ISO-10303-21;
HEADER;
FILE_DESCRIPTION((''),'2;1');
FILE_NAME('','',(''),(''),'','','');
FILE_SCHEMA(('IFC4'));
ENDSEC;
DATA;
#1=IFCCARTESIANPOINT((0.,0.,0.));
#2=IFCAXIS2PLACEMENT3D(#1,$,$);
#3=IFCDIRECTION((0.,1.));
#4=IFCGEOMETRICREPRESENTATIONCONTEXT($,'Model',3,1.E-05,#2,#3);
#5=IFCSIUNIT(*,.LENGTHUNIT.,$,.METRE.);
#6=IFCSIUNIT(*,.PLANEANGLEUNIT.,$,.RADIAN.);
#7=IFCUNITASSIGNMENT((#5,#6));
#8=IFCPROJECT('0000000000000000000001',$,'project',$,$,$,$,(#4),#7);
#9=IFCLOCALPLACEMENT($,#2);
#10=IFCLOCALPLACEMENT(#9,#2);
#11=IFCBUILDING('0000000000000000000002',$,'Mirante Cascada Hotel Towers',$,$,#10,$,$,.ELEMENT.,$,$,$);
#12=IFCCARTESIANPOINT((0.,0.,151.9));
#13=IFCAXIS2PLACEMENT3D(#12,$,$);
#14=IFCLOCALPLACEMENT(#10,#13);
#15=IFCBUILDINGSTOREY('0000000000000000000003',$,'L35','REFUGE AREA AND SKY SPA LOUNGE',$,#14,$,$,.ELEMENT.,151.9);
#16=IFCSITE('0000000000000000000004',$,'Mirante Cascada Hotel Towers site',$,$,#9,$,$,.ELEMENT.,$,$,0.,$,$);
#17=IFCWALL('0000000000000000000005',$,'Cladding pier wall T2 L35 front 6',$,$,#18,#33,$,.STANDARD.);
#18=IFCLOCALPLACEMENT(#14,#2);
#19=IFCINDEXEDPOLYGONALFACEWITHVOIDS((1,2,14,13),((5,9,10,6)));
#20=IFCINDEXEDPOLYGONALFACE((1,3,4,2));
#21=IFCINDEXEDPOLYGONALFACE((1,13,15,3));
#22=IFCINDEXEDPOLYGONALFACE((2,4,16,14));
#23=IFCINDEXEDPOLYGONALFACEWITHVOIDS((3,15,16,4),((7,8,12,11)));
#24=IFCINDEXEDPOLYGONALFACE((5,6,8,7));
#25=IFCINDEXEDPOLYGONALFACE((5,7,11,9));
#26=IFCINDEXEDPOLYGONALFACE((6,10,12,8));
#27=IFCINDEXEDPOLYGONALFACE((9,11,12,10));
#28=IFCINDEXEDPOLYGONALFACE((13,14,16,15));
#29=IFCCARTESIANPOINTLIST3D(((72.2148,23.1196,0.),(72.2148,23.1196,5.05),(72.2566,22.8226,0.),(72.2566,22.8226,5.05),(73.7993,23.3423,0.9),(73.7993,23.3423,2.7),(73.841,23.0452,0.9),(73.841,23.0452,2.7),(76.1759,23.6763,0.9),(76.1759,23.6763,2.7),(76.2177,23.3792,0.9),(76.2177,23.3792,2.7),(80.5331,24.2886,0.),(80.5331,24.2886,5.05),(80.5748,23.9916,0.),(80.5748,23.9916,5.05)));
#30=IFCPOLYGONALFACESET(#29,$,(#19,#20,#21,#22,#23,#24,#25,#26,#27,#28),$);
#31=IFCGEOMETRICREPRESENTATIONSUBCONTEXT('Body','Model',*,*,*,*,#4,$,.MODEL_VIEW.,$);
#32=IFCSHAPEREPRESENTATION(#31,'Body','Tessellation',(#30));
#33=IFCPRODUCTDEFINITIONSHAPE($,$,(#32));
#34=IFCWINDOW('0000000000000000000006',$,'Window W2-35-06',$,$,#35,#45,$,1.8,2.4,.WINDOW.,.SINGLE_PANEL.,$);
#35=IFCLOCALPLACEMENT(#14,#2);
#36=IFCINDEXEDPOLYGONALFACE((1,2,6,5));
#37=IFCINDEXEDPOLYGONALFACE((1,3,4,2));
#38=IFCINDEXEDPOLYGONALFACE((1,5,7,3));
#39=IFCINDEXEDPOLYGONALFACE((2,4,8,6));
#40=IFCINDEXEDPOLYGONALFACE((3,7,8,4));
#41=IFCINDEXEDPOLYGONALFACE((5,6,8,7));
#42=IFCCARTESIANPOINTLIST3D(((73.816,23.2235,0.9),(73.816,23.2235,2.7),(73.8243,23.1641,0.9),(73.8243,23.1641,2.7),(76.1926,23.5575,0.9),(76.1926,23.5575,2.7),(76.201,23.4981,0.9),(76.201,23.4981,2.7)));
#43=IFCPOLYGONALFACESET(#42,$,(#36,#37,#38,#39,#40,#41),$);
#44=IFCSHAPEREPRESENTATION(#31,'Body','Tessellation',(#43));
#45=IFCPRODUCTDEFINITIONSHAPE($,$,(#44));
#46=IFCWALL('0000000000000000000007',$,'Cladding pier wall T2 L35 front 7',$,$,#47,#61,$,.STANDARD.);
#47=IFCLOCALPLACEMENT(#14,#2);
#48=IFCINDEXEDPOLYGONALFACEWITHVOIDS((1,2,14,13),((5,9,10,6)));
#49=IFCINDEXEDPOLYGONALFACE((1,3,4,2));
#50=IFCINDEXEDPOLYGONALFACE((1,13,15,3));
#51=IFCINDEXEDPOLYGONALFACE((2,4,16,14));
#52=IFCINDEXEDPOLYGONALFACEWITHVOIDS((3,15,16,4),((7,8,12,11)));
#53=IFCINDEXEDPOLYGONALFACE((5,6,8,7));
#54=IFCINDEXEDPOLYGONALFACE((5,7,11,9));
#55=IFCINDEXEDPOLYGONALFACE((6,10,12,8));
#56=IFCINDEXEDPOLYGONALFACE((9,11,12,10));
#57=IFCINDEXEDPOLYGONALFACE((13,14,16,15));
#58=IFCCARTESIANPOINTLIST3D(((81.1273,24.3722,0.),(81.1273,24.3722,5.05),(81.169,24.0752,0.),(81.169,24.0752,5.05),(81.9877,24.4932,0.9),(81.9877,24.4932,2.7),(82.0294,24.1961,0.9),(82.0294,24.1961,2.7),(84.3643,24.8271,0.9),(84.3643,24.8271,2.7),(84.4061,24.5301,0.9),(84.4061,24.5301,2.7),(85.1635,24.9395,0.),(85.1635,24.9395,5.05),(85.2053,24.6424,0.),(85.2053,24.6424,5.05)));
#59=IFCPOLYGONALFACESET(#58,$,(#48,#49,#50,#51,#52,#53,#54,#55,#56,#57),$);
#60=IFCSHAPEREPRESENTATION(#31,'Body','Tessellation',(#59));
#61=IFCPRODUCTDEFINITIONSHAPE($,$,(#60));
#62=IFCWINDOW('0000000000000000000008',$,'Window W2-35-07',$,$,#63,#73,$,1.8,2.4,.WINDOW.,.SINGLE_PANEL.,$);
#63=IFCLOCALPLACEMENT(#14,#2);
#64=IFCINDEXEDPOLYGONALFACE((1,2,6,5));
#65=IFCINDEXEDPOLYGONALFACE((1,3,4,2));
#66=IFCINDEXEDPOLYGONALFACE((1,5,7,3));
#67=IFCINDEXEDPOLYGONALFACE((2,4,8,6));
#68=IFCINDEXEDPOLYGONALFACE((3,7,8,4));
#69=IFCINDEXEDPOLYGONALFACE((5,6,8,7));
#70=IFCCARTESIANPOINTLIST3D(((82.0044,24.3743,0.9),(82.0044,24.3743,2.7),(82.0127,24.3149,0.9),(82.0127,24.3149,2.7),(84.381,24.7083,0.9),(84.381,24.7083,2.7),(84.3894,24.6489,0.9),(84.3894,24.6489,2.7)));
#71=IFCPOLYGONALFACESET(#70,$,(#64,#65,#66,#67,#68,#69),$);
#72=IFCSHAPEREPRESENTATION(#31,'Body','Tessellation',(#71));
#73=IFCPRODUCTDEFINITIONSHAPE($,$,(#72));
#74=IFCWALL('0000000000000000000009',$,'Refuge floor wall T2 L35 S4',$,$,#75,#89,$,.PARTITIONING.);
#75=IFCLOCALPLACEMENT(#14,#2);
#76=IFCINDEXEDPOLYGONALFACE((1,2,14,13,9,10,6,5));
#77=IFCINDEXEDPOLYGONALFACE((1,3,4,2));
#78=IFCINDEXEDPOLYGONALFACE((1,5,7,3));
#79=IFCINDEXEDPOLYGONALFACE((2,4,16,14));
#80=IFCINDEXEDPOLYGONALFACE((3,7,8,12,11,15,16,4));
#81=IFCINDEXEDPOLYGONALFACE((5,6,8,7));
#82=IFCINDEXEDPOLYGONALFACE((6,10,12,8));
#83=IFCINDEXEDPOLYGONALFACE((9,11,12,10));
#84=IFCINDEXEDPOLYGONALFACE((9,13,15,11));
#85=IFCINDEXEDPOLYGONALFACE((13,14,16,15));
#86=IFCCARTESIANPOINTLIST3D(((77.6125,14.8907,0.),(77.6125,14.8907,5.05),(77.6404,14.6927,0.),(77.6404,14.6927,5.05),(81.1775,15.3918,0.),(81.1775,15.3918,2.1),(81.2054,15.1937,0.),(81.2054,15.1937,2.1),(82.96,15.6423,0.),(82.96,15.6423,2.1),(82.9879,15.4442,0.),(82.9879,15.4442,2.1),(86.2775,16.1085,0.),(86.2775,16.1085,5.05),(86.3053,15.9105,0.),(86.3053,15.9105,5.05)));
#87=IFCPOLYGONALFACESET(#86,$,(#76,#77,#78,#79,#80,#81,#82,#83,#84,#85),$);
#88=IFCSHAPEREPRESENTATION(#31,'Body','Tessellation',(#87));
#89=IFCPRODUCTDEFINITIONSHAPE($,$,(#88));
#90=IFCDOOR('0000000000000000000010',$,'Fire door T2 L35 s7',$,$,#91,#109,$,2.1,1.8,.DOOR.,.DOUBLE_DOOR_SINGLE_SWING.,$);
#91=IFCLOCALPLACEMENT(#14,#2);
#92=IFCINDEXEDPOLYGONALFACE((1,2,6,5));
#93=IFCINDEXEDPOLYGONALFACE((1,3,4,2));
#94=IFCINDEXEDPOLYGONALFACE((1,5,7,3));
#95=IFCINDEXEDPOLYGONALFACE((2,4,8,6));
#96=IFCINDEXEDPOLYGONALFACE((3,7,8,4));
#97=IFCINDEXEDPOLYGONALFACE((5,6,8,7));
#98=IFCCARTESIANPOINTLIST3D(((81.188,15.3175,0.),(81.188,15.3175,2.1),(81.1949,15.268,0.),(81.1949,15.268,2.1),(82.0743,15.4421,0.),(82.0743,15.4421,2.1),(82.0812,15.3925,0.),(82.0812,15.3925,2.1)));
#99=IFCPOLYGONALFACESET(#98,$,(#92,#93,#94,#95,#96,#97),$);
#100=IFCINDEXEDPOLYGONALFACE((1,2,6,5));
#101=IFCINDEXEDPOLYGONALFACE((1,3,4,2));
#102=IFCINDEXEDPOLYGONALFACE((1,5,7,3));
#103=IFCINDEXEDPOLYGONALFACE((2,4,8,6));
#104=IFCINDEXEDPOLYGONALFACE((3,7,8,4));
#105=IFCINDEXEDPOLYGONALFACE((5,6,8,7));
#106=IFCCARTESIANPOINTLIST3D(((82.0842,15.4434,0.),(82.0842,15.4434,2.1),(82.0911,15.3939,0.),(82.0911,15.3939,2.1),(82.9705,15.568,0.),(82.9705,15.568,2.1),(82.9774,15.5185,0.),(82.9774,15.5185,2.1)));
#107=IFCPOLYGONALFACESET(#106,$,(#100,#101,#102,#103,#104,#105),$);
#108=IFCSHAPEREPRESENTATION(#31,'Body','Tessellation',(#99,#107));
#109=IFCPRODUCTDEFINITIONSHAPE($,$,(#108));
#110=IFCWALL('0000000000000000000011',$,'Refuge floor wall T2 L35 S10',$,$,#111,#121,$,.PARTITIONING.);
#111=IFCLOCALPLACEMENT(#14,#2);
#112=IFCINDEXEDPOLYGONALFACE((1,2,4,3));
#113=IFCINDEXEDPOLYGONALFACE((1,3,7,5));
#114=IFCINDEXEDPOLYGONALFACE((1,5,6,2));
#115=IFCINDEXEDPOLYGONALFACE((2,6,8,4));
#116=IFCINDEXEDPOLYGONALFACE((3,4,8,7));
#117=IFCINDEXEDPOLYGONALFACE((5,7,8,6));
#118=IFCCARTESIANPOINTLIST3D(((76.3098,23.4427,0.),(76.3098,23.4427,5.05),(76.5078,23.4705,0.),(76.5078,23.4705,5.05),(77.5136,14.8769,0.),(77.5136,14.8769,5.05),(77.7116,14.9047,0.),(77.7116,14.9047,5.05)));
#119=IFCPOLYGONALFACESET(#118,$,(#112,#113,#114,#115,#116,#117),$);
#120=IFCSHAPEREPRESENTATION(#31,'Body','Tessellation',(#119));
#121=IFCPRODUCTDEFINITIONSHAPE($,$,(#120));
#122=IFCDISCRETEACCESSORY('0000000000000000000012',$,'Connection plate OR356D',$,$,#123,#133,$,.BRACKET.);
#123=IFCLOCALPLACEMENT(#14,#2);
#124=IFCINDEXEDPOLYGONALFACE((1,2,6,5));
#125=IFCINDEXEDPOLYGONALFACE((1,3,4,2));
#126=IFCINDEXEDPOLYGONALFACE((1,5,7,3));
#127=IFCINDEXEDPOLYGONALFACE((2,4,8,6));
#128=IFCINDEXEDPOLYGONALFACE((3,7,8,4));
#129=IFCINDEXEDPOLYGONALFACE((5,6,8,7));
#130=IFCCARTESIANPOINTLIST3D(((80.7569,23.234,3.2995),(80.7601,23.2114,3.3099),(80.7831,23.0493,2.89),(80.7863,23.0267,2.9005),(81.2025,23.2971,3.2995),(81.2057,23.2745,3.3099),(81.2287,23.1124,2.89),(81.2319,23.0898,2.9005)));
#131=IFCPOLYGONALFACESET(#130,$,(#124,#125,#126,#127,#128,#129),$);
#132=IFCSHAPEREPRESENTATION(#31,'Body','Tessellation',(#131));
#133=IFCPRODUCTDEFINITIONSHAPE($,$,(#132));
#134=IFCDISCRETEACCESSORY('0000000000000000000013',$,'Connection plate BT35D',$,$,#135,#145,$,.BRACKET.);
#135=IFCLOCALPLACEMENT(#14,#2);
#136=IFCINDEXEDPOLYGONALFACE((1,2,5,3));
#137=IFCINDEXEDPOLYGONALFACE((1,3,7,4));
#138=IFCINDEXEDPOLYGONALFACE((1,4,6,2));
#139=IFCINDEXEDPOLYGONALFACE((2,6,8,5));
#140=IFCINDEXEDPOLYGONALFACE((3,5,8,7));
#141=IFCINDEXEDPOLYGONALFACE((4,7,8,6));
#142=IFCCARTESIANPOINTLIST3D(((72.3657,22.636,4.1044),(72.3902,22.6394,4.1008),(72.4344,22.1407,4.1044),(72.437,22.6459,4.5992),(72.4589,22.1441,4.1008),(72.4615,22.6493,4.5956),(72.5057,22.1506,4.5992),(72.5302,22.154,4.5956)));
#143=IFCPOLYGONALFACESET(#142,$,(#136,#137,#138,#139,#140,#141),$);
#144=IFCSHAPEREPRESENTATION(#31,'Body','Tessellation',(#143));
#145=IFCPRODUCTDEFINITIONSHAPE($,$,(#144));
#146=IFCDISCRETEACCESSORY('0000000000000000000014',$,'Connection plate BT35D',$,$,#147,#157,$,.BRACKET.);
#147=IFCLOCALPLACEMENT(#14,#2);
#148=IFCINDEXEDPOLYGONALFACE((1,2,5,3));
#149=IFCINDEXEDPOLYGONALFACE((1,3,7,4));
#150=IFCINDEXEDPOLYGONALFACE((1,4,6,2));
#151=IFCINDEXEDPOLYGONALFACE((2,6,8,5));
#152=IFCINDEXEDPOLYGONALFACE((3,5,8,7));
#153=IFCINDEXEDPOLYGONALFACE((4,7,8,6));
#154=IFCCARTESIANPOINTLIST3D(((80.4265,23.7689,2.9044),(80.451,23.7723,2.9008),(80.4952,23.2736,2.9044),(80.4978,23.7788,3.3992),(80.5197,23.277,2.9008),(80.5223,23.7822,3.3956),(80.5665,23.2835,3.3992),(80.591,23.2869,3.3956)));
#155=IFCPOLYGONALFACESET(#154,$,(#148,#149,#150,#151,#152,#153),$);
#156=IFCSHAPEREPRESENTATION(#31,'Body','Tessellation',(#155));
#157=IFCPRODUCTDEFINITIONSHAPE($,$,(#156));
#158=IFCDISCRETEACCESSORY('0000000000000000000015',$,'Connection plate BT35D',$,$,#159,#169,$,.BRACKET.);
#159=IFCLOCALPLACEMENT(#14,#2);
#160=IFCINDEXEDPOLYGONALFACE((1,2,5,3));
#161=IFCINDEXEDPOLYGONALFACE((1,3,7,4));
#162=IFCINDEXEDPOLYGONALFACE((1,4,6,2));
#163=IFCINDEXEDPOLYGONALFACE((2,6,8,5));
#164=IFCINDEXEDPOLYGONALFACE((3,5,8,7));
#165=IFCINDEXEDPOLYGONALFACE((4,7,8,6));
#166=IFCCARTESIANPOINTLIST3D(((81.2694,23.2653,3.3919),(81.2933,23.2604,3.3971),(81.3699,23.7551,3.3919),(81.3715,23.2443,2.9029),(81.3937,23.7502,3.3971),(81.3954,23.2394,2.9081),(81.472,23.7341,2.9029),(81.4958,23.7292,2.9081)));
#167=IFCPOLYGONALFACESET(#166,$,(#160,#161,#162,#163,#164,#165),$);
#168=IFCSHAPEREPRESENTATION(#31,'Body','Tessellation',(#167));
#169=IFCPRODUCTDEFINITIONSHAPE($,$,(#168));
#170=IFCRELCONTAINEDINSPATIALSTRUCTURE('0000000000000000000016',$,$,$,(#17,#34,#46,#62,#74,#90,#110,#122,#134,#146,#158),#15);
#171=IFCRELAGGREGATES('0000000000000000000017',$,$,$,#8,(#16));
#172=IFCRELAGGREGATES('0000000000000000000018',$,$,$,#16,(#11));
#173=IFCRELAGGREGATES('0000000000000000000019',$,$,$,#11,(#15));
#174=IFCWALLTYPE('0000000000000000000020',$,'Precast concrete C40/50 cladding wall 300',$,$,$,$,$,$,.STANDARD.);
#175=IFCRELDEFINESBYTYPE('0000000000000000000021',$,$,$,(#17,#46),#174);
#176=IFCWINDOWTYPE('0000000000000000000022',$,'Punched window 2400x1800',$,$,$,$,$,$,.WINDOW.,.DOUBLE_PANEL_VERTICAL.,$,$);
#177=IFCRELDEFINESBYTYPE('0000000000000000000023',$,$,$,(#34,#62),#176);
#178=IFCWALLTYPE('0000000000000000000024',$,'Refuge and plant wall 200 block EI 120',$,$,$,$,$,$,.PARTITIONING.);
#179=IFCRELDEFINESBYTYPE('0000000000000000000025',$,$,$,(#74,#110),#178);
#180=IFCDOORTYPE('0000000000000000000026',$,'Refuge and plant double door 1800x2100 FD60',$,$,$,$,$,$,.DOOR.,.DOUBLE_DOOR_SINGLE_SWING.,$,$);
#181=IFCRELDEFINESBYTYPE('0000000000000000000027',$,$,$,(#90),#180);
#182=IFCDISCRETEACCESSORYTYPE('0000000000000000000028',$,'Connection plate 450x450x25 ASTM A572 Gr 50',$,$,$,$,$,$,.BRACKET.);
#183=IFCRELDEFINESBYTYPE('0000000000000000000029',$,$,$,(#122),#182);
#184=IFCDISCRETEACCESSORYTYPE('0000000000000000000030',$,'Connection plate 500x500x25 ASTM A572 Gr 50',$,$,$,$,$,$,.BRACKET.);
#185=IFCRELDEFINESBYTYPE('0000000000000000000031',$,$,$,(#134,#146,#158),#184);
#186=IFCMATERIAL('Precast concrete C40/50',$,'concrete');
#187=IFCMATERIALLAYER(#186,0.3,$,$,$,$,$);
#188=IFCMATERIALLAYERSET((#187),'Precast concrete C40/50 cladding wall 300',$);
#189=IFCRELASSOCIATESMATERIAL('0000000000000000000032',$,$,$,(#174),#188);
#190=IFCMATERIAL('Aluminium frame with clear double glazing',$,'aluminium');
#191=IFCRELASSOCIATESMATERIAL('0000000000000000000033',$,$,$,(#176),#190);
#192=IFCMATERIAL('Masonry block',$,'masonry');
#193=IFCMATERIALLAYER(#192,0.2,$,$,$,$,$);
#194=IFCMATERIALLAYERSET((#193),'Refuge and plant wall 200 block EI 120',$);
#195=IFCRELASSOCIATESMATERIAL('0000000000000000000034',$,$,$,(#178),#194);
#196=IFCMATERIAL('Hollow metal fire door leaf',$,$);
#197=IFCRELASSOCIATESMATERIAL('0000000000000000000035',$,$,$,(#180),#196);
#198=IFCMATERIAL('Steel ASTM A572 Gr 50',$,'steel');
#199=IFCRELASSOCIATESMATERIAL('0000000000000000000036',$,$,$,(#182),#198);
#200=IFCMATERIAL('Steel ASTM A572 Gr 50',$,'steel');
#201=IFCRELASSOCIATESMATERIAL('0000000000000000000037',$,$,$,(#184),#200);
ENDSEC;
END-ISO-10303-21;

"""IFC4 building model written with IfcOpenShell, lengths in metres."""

from ifc_helpers import new_model, si_unit, direction, frame, frame_2d, origin, origin_2d, place, context, subcontext, project, spatial, rectangle, extrude, material, layer, layer_set, material_profile, profile_set, type_object, element, fill, save


model = new_model("IFC4")

# Units and contexts
model_context = context("Model", 3, precision=1e-05, world=origin(), true_north=direction((0.0, 1.0)))
body_context = subcontext(model_context, "Body", "Model", "MODEL_VIEW")
ifc_project = project(units=[si_unit("LENGTHUNIT", "METRE"), si_unit("PLANEANGLEUNIT", "RADIAN")], contexts=[model_context])

# Site, building, storey
site_placement = place(None, origin())
site = spatial("IfcSite", under=ifc_project, at=site_placement, Name="Mirante Cascada Hotel Towers site", CompositionType="ELEMENT", RefElevation=0.0)
building_placement = place(site_placement, origin())
building = spatial("IfcBuilding", under=site, at=building_placement, Name="Mirante Cascada Hotel Towers", CompositionType="ELEMENT")
storey_placement = place(building_placement, frame((0.0, 0.0, 151.9)))
storey = spatial("IfcBuildingStorey", under=building, at=storey_placement, Name="L35", Description="REFUGE AREA AND SKY SPA LOUNGE", CompositionType="ELEMENT", Elevation=151.9)

# Walls, openings, windows
ifc_material_1 = material(Name="Precast concrete C40/50", Category="concrete")
ifc_layer_1 = layer(ifc_material_1, 0.3)
ifc_layer_set_1 = layer_set([ifc_layer_1], Name="Precast concrete C40/50 cladding wall 300")
wall_type_1 = type_object("IfcWallType", Name="Precast concrete C40/50 cladding wall 300", PredefinedType="STANDARD", material=ifc_layer_set_1)
wall_1_placement = place(storey_placement, frame((72.2357, 22.9711, 0.0), z_axis=(0.0, 0.0, 1.0), x_axis=(0.990269, 0.139166, 0.0)))
wall_1 = element("IfcWall", 1, at=wall_1_placement, inside=storey, type_object=wall_type_1, Name="Cladding pier wall T2 L35 front 6", PredefinedType="STANDARD", context=body_context, shape_type="SweptSolid", body=[
    extrude(rectangle(XDim=8.4, YDim=0.3, at=frame_2d((4.2, 0.0))), origin(), (0.0, 0.0, 1.0), 5.05),
])
opening_1_placement = place(wall_1_placement, frame((1.6, 0.0, 0.9)))
opening_1 = element("IfcOpeningElement", 2, at=opening_1_placement, cuts=wall_1, PredefinedType="OPENING", context=body_context, shape_type="SweptSolid", body=[
    extrude(rectangle(XDim=2.4, YDim=1.8, at=frame_2d((1.2, 0.9))), frame((0.0, 0.15, 0.0), z_axis=(0.0, -1.0, 0.0), x_axis=(1.0, 0.0, 0.0)), (0.0, 0.0, 1.0), 0.3),
])
ifc_material_2 = material(Name="Aluminium frame with clear double glazing", Category="aluminium")
window_type = type_object("IfcWindowType", Name="Punched window 2400x1800", PartitioningType="DOUBLE_PANEL_VERTICAL", PredefinedType="WINDOW", material=ifc_material_2)
window_1_placement = place(opening_1_placement, origin())
window_1 = element("IfcWindow", 3, at=window_1_placement, inside=storey, type_object=window_type, Name="Window W2-35-06", OverallHeight=1.8, OverallWidth=2.4, PartitioningType="SINGLE_PANEL", PredefinedType="WINDOW", context=body_context, shape_type="SweptSolid", body=[
    extrude(rectangle(XDim=2.4, YDim=1.8, at=frame_2d((1.2, 0.9))), frame((0.0, 0.03, 0.0), z_axis=(0.0, -1.0, 0.0), x_axis=(1.0, 0.0, 0.0)), (0.0, 0.0, 1.0), 0.06),
])
fill(opening_1, window_1)
wall_2_placement = place(storey_placement, frame((81.1481, 24.2237, 0.0), z_axis=(0.0, 0.0, 1.0), x_axis=(0.99027, 0.139161, 0.0)))
wall_2 = element("IfcWall", 4, at=wall_2_placement, inside=storey, type_object=wall_type_1, Name="Cladding pier wall T2 L35 front 7", PredefinedType="STANDARD", context=body_context, shape_type="SweptSolid", body=[
    extrude(rectangle(XDim=4.0759, YDim=0.3, at=frame_2d((2.038, 0.0))), origin(), (0.0, 0.0, 1.0), 5.05),
])
opening_2_placement = place(wall_2_placement, frame((0.8689, 0.0, 0.9)))
opening_2 = element("IfcOpeningElement", 5, at=opening_2_placement, cuts=wall_2, PredefinedType="OPENING", context=body_context, shape_type="SweptSolid", body=[
    extrude(rectangle(XDim=2.4, YDim=1.8, at=frame_2d((1.2, 0.9))), frame((0.0, 0.15, 0.0), z_axis=(0.0, -1.0, 0.0), x_axis=(1.0, 0.0, 0.0)), (0.0, 0.0, 1.0), 0.3),
])
window_2_placement = place(opening_2_placement, origin())
window_2 = element("IfcWindow", 6, at=window_2_placement, inside=storey, type_object=window_type, Name="Window W2-35-07", OverallHeight=1.8, OverallWidth=2.4, PartitioningType="SINGLE_PANEL", PredefinedType="WINDOW", context=body_context, shape_type="SweptSolid", body=[
    extrude(rectangle(XDim=2.4, YDim=1.8, at=frame_2d((1.2, 0.9))), frame((0.0, 0.03, 0.0), z_axis=(0.0, -1.0, 0.0), x_axis=(1.0, 0.0, 0.0)), (0.0, 0.0, 1.0), 0.06),
])
fill(opening_2, window_2)

# Wall, opening, door
ifc_material_3 = material(Name="Masonry block", Category="masonry")
ifc_layer_2 = layer(ifc_material_3, 0.2)
ifc_layer_set_2 = layer_set([ifc_layer_2], Name="Refuge and plant wall 200 block EI 120")
wall_type_2 = type_object("IfcWallType", Name="Refuge and plant wall 200 block EI 120", PredefinedType="PARTITIONING", material=ifc_layer_set_2)
wall_3_placement = place(storey_placement, frame((77.6265, 14.7917, 0.0), z_axis=(0.0, 0.0, 1.0), x_axis=(0.990268, 0.139176, 0.0)))
wall_3 = element("IfcWall", 7, at=wall_3_placement, inside=storey, type_object=wall_type_2, Name="Refuge floor wall T2 L35 S4", PredefinedType="PARTITIONING", context=body_context, shape_type="SweptSolid", body=[
    extrude(rectangle(XDim=8.7501, YDim=0.2, at=frame_2d((4.375, 0.0))), origin(), (0.0, 0.0, 1.0), 5.05),
])
opening_3_placement = place(wall_3_placement, frame((3.6, 0.0, 0.0)))
opening_3 = element("IfcOpeningElement", 8, at=opening_3_placement, cuts=wall_3, PredefinedType="OPENING", context=body_context, shape_type="SweptSolid", body=[
    extrude(rectangle(XDim=1.8, YDim=2.1, at=frame_2d((0.9, 1.05))), frame((0.0, 0.1, 0.0), z_axis=(0.0, -1.0, 0.0), x_axis=(1.0, 0.0, 0.0)), (0.0, 0.0, 1.0), 0.2),
])
ifc_material_4 = material(Name="Hollow metal fire door leaf")
door_type = type_object("IfcDoorType", Name="Refuge and plant double door 1800x2100 FD60", OperationType="DOUBLE_DOOR_SINGLE_SWING", PredefinedType="DOOR", material=ifc_material_4)
door_placement = place(opening_3_placement, origin())
door = element("IfcDoor", 9, at=door_placement, inside=storey, type_object=door_type, Name="Fire door T2 L35 s7", OperationType="DOUBLE_DOOR_SINGLE_SWING", OverallHeight=2.1, OverallWidth=1.8, PredefinedType="DOOR", context=body_context, shape_type="SweptSolid", body=[
    extrude(rectangle(XDim=0.895, YDim=2.1, at=frame_2d((0.4475, 1.05))), frame((0.0, 0.025, 0.0), z_axis=(0.0, -1.0, 0.0), x_axis=(1.0, 0.0, 0.0)), (0.0, 0.0, 1.0), 0.05),
    extrude(rectangle(XDim=0.895, YDim=2.1, at=frame_2d((1.3525, 1.05))), frame((0.0, 0.025, 0.0), z_axis=(0.0, -1.0, 0.0), x_axis=(1.0, 0.0, 0.0)), (0.0, 0.0, 1.0), 0.05),
])
fill(opening_3, door)

# Wall
wall_4_placement = place(storey_placement, frame((77.6126, 14.8908, 0.0), z_axis=(0.0, 0.0, 1.0), x_axis=(-0.139168, 0.990269, 0.0)))
element("IfcWall", 10, at=wall_4_placement, inside=storey, type_object=wall_type_2, Name="Refuge floor wall T2 L35 S10", PredefinedType="PARTITIONING", context=body_context, shape_type="SweptSolid", body=[
    extrude(rectangle(XDim=8.65, YDim=0.2, at=frame_2d((4.325, 0.0))), origin(), (0.0, 0.0, 1.0), 5.05),
])

# Discrete accessories
ifc_material_5 = material(Name="Steel ASTM A572 Gr 50", Category="steel")
ifc_material_profile_1 = material_profile(ifc_material_5, rectangle(XDim=0.45, YDim=0.45, at=origin_2d()), Name="Connection plate 450x450x25 ASTM A572 Gr 50")
ifc_profile_set_1 = profile_set([ifc_material_profile_1], Name="Steel ASTM A572 Gr 50")
discrete_accessory_type_1 = type_object("IfcDiscreteAccessoryType", Name="Connection plate 450x450x25 ASTM A572 Gr 50", PredefinedType="BRACKET", material=ifc_profile_set_1)
discrete_accessory_1_placement = place(storey_placement, frame((80.996, 23.1506, 3.1052), z_axis=(-0.127576, 0.901006, -0.414622), x_axis=(-0.990124, -0.140194, 0.0)))
element("IfcDiscreteAccessory", 11, at=discrete_accessory_1_placement, inside=storey, type_object=discrete_accessory_type_1, Name="Connection plate OR356D", PredefinedType="BRACKET", context=body_context, shape_type="SweptSolid", body=[
    extrude(rectangle(XDim=0.45, YDim=0.45, at=origin_2d()), origin(), (0.0, 0.0, 1.0), 0.0251),
])
ifc_material_6 = material(Name="Steel ASTM A572 Gr 50", Category="steel")
ifc_material_profile_2 = material_profile(ifc_material_6, rectangle(XDim=0.5, YDim=0.5, at=origin_2d()), Name="Connection plate 500x500x25 ASTM A572 Gr 50")
ifc_profile_set_2 = profile_set([ifc_material_profile_2], Name="Steel ASTM A572 Gr 50")
discrete_accessory_type_2 = type_object("IfcDiscreteAccessoryType", Name="Connection plate 500x500x25 ASTM A572 Gr 50", PredefinedType="BRACKET", material=ifc_profile_set_2)
for number, where, z_axis, x_axis, name in (
    (12, (72.4357, 22.3933, 4.3518), (0.98018, 0.136025, -0.144027), (-0.137458, 0.990508, 0.0), "Connection plate BT35D"),
    (13, (80.4965, 23.5262, 3.1518), (0.98018, 0.136025, -0.144027), (-0.137458, 0.990508, 0.0), "Connection plate BT35D"),
):
    element("IfcDiscreteAccessory", number, at=place(storey_placement, frame(where, z_axis=z_axis, x_axis=x_axis)), inside=storey, type_object=discrete_accessory_type_2, Name=name, PredefinedType="BRACKET", context=body_context, shape_type="SweptSolid", body=[
        extrude(rectangle(XDim=0.5, YDim=0.5, at=origin_2d()), origin(), (0.0, 0.0, 1.0), 0.025),
    ])
for number, where, z_axis, x_axis, name in (
    (14, (81.3707, 23.4997, 3.1474), (0.958102, -0.196431, 0.208457), (0.200843, 0.979623, 0.0), "Connection plate BT35D"),
):
    element("IfcDiscreteAccessory", number, at=place(storey_placement, frame(where, z_axis=z_axis, x_axis=x_axis)), inside=storey, type_object=discrete_accessory_type_2, Name=name, PredefinedType="BRACKET", context=body_context, shape_type="SweptSolid", body=[
        extrude(rectangle(XDim=0.5, YDim=0.5, at=origin_2d()), origin(), (0.0, 0.0, 1.0), 0.0249),
    ])

save(model, "model.ifc")
